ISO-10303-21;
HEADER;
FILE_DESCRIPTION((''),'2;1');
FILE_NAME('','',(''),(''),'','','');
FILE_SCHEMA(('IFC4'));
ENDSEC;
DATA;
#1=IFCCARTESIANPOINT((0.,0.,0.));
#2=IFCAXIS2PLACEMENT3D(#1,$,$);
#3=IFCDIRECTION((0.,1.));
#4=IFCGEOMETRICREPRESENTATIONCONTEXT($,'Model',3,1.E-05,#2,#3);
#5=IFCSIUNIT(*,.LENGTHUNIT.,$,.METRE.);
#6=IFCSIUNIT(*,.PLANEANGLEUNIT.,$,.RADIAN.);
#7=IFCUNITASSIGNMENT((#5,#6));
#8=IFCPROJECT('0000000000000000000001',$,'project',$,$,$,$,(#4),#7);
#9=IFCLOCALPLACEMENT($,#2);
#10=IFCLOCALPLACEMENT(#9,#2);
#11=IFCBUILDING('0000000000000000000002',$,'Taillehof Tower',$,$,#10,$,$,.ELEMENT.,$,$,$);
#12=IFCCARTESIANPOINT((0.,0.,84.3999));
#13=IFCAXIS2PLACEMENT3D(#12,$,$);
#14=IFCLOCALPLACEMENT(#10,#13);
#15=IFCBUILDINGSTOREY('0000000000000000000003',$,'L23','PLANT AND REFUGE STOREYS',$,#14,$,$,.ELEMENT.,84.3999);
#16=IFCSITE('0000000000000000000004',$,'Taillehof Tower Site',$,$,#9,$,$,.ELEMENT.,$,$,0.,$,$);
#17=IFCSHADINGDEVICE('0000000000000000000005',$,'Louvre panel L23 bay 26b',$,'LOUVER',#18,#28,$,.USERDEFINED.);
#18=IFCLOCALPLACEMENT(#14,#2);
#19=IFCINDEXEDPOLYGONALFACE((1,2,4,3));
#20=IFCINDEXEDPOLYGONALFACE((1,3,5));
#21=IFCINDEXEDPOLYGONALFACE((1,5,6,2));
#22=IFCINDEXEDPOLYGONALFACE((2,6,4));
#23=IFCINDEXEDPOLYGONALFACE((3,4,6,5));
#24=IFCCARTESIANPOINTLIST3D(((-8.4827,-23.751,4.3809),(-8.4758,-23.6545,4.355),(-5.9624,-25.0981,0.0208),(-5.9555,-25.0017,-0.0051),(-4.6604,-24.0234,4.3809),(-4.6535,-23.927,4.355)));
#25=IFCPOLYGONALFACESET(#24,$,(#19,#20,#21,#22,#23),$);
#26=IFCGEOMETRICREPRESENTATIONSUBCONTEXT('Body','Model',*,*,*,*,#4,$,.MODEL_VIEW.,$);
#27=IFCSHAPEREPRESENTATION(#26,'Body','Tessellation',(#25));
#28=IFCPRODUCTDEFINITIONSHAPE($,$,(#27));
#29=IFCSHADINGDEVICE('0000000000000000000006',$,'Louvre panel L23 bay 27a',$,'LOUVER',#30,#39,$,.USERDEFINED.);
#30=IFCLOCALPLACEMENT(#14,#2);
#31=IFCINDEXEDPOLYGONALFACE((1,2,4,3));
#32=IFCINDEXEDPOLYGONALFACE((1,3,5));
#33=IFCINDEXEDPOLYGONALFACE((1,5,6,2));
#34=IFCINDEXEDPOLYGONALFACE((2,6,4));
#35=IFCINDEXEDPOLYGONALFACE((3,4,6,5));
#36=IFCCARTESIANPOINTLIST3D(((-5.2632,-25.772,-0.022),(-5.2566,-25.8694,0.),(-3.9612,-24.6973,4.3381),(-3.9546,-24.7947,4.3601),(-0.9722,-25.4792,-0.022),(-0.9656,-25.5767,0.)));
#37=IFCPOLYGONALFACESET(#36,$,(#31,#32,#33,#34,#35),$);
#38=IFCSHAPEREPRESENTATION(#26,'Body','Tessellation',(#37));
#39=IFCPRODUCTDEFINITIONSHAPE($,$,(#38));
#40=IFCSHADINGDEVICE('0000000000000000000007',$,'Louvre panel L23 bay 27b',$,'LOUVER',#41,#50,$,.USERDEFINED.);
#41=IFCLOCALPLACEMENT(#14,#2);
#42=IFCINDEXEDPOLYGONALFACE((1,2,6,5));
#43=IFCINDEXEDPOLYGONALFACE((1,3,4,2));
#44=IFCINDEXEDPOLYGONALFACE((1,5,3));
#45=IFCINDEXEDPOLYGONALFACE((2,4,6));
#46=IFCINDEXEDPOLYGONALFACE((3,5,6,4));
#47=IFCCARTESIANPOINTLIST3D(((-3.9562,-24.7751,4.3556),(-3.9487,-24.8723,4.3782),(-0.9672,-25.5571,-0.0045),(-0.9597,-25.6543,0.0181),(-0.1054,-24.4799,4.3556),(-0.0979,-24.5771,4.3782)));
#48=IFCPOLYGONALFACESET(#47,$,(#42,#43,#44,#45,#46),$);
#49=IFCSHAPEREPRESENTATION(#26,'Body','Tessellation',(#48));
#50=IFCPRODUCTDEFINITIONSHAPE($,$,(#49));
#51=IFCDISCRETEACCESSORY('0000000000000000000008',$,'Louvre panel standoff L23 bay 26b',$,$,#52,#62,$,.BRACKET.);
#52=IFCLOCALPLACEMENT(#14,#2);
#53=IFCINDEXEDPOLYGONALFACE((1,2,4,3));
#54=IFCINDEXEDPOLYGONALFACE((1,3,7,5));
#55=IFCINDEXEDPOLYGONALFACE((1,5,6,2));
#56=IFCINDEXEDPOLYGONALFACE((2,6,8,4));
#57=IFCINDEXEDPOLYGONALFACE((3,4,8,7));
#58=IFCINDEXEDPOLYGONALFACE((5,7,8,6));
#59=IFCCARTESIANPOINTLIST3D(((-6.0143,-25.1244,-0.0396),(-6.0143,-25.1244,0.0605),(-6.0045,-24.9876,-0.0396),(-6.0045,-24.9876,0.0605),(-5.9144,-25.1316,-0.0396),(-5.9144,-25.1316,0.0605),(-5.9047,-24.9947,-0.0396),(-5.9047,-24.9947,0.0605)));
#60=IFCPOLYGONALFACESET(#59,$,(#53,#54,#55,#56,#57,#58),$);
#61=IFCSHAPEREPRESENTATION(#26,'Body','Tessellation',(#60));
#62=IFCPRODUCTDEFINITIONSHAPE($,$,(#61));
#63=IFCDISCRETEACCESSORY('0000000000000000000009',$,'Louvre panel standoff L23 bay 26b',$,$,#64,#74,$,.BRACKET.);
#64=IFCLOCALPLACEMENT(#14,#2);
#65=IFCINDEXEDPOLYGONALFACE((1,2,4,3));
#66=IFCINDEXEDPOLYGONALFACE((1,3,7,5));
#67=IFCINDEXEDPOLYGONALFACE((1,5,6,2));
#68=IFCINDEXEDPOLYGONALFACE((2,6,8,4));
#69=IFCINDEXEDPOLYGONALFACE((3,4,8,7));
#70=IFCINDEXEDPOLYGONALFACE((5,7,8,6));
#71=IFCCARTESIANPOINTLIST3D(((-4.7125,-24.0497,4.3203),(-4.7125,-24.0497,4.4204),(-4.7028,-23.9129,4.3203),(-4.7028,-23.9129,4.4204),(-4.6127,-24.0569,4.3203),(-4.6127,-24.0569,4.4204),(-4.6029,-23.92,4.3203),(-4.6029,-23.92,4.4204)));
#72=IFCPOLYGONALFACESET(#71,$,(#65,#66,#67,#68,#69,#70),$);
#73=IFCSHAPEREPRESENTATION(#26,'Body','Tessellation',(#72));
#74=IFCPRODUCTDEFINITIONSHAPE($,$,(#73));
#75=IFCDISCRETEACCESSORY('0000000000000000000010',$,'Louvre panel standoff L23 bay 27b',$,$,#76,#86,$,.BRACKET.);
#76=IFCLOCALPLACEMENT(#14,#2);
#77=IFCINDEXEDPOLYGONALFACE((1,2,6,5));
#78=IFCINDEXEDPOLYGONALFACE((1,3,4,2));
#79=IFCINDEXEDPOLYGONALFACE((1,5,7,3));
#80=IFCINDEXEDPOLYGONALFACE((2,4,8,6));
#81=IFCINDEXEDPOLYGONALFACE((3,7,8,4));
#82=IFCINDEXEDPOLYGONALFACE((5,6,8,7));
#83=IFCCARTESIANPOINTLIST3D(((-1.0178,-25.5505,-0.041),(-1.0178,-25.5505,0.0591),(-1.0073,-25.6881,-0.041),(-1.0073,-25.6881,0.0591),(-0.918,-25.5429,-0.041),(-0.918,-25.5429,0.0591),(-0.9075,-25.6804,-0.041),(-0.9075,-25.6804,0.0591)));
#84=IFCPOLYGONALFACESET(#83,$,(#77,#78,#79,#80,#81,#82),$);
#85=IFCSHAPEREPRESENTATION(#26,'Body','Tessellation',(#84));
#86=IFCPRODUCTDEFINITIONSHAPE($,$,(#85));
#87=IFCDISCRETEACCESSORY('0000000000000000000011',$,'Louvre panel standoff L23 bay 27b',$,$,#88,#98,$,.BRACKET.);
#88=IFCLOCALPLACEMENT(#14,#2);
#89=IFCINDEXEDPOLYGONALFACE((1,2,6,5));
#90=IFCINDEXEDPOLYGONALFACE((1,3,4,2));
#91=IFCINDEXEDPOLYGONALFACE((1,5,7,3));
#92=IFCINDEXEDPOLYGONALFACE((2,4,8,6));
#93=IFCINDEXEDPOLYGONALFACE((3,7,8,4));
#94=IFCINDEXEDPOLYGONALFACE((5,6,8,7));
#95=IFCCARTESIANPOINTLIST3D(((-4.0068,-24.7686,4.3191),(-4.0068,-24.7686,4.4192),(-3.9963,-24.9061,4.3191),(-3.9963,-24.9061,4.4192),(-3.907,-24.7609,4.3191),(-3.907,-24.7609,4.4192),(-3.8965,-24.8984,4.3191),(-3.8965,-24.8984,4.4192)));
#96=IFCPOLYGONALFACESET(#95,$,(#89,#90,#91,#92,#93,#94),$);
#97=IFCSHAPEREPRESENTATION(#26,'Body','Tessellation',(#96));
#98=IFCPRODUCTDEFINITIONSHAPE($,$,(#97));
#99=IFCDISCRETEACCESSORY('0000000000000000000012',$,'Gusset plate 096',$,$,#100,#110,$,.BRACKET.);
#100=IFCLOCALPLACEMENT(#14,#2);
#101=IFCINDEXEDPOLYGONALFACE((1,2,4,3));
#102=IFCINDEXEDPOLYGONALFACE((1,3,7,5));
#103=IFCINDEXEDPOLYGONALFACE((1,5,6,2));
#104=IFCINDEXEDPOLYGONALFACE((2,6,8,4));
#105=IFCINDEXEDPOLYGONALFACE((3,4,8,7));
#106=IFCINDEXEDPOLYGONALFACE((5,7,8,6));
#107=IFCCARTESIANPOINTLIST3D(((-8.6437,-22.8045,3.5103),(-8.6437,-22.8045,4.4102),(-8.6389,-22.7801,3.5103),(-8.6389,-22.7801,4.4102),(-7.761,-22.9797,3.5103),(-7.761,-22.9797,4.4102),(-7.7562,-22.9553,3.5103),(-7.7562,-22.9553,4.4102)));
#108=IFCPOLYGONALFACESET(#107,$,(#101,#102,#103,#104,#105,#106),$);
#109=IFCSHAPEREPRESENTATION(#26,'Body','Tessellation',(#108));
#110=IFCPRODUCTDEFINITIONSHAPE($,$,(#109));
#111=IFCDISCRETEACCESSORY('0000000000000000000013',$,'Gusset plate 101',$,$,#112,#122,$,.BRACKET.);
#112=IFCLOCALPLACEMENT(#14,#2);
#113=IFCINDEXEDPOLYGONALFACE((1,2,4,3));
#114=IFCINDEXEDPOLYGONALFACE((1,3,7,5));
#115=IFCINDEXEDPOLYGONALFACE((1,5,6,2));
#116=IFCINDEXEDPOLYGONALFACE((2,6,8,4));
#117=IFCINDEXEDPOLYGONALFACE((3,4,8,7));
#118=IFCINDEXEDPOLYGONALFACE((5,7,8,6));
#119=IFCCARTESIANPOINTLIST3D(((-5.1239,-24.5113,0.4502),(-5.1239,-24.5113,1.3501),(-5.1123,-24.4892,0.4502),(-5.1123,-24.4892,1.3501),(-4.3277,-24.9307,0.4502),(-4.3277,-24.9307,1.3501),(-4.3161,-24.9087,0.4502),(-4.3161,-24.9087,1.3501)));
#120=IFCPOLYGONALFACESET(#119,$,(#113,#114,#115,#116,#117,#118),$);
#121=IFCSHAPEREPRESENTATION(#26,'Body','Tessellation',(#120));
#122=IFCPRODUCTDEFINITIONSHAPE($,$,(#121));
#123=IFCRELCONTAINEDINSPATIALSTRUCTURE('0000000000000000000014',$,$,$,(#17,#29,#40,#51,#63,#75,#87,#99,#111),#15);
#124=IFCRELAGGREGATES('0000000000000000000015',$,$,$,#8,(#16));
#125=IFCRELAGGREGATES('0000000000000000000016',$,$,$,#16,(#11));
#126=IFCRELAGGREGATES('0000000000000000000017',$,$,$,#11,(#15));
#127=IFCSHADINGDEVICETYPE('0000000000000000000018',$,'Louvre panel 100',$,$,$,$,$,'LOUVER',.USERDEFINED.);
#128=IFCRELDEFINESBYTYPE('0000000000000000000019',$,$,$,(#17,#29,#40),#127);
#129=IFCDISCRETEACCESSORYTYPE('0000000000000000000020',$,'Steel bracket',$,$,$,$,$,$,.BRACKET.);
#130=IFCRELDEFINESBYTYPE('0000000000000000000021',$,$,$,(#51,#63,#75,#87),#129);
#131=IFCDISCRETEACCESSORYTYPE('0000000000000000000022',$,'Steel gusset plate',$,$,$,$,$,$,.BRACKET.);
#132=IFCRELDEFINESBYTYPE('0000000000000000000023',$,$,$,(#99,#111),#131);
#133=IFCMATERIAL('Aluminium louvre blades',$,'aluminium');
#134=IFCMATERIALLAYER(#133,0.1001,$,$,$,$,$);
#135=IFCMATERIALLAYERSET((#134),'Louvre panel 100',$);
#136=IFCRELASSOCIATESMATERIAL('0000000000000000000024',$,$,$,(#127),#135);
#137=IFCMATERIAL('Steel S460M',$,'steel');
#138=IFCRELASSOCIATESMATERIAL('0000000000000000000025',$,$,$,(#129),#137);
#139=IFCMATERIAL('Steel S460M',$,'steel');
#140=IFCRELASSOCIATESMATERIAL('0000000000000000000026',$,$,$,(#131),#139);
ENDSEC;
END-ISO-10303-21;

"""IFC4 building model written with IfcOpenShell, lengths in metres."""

from ifc_helpers import new_model, si_unit, direction, frame, origin, origin_2d, place, context, subcontext, project, spatial, polyline, rectangle, outline, extrude, material, layer, layer_set, type_object, element, save


model = new_model("IFC4")

# Units and contexts
model_context = context("Model", 3, precision=1e-05, world=origin(), true_north=direction((0.0, 1.0)))
body_context = subcontext(model_context, "Body", "Model", "MODEL_VIEW")
ifc_project = project(units=[si_unit("LENGTHUNIT", "METRE"), si_unit("PLANEANGLEUNIT", "RADIAN")], contexts=[model_context])

# Site, building, storey
site_placement = place(None, origin())
site = spatial("IfcSite", under=ifc_project, at=site_placement, Name="Taillehof Tower Site", CompositionType="ELEMENT", RefElevation=0.0)
building_placement = place(site_placement, origin())
building = spatial("IfcBuilding", under=site, at=building_placement, Name="Taillehof Tower", CompositionType="ELEMENT")
storey_placement = place(building_placement, frame((0.0, 0.0, 84.3999)))
storey = spatial("IfcBuildingStorey", under=building, at=storey_placement, Name="L23", Description="PLANT AND REFUGE STOREYS", CompositionType="ELEMENT", Elevation=84.3999)

# Shading devices
ifc_material_1 = material(Name="Aluminium louvre blades", Category="aluminium")
ifc_layer = layer(ifc_material_1, 0.1001)
ifc_layer_set = layer_set([ifc_layer], Name="Louvre panel 100")
shading_device_type = type_object("IfcShadingDeviceType", Name="Louvre panel 100", ElementType="LOUVER", PredefinedType="USERDEFINED", material=ifc_layer_set)
shading_device_1_placement = place(storey_placement, frame((-5.9624, -25.0981, 0.0208), z_axis=(-0.068694, -0.963687, 0.258049), x_axis=(0.278471, 0.229857, 0.932534)))
element("IfcShadingDevice", 1, at=shading_device_1_placement, inside=storey, type_object=shading_device_type, Name="Louvre panel L23 bay 26b", ObjectType="LOUVER", PredefinedType="USERDEFINED", context=body_context, shape_type="SweptSolid", body=[
    extrude(outline(polyline([(0.0, 0.0), (4.6755, 0.0), (3.6738, 3.6987), (0.0, 0.0)])), origin(), (0.0, 0.0, -1.0), 0.1001),
])
shading_device_2_placement = place(storey_placement, frame((-5.2566, -25.8694, 0.0), z_axis=(0.066391, -0.973224, 0.220061), x_axis=(0.997681, 0.06806, 0.0)))
element("IfcShadingDevice", 2, at=shading_device_2_placement, inside=storey, type_object=shading_device_type, Name="Louvre panel L23 bay 27a", ObjectType="LOUVER", PredefinedType="USERDEFINED", context=body_context, shape_type="SweptSolid", body=[
    extrude(outline(polyline([(0.0, 0.0), (4.301, 0.0), (1.3721, 4.4697), (0.0, 0.0)])), origin(), (0.0, 0.0, -1.0), 0.1001),
])
shading_device_3_placement = place(storey_placement, frame((-0.9597, -25.6543, 0.0181), z_axis=(0.074461, -0.971446, 0.225274), x_axis=(0.188452, 0.235539, 0.953419)))
element("IfcShadingDevice", 3, at=shading_device_3_placement, inside=storey, type_object=shading_device_type, Name="Louvre panel L23 bay 27b", ObjectType="LOUVER", PredefinedType="USERDEFINED", context=body_context, shape_type="SweptSolid", body=[
    extrude(outline(polyline([(0.0, 0.0), (4.5731, 0.0), (3.7779, 3.7794), (0.0, 0.0)])), origin(), (0.0, 0.0, -1.0), 0.1001),
])

# Discrete accessories
ifc_material_2 = material(Name="Steel S460M", Category="steel")
discrete_accessory_type_1 = type_object("IfcDiscreteAccessoryType", Name="Steel bracket", PredefinedType="BRACKET", material=ifc_material_2)
for number, where, z_axis, x_axis, name in (
    (4, (-5.9595, -25.0596, -0.0396), (0.0, 0.0, 1.0), (-0.071069, -0.997471, 0.0), "Louvre panel standoff L23 bay 26b"),
    (5, (-4.6577, -23.9849, 4.3203), (0.0, 0.0, 1.0), (-0.071069, -0.997471, 0.0), "Louvre panel standoff L23 bay 26b"),
):
    element("IfcDiscreteAccessory", number, at=place(storey_placement, frame(where, z_axis=z_axis, x_axis=x_axis)), inside=storey, type_object=discrete_accessory_type_1, Name=name, PredefinedType="BRACKET", context=body_context, shape_type="SweptSolid", body=[
        extrude(rectangle(XDim=0.1372, YDim=0.1001, at=origin_2d()), origin(), (0.0, 0.0, 1.0), 0.1001),
    ])
for number, where, z_axis, x_axis, name in (
    (6, (-0.9626, -25.6155, -0.041), (0.0, 0.0, 1.0), (0.076442, -0.997074, 0.0), "Louvre panel standoff L23 bay 27b"),
    (7, (-3.9517, -24.8335, 4.3191), (0.0, 0.0, 1.0), (0.076442, -0.997074, 0.0), "Louvre panel standoff L23 bay 27b"),
):
    element("IfcDiscreteAccessory", number, at=place(storey_placement, frame(where, z_axis=z_axis, x_axis=x_axis)), inside=storey, type_object=discrete_accessory_type_1, Name=name, PredefinedType="BRACKET", context=body_context, shape_type="SweptSolid", body=[
        extrude(rectangle(XDim=0.1379, YDim=0.1001, at=origin_2d()), origin(), (0.0, 0.0, 1.0), 0.1001),
    ])
ifc_material_3 = material(Name="Steel S460M", Category="steel")
discrete_accessory_type_2 = type_object("IfcDiscreteAccessoryType", Name="Steel gusset plate", PredefinedType="BRACKET", material=ifc_material_3)
for number, where, z_axis, x_axis, name in (
    (8, (-8.2, -22.8799, 3.5103), (0.0, 0.0, 1.0), (0.980866, -0.194686, 0.0), "Gusset plate 096"),
    (9, (-4.72, -24.71, 0.4502), (0.0, 0.0, 1.0), (0.884734, -0.466096, 0.0), "Gusset plate 101"),
):
    element("IfcDiscreteAccessory", number, at=place(storey_placement, frame(where, z_axis=z_axis, x_axis=x_axis)), inside=storey, type_object=discrete_accessory_type_2, Name=name, PredefinedType="BRACKET", context=body_context, shape_type="SweptSolid", body=[
        extrude(rectangle(XDim=0.8999, YDim=0.0249, at=origin_2d()), origin(), (0.0, 0.0, 1.0), 0.8999),
    ])

save(model, "model.ifc")
